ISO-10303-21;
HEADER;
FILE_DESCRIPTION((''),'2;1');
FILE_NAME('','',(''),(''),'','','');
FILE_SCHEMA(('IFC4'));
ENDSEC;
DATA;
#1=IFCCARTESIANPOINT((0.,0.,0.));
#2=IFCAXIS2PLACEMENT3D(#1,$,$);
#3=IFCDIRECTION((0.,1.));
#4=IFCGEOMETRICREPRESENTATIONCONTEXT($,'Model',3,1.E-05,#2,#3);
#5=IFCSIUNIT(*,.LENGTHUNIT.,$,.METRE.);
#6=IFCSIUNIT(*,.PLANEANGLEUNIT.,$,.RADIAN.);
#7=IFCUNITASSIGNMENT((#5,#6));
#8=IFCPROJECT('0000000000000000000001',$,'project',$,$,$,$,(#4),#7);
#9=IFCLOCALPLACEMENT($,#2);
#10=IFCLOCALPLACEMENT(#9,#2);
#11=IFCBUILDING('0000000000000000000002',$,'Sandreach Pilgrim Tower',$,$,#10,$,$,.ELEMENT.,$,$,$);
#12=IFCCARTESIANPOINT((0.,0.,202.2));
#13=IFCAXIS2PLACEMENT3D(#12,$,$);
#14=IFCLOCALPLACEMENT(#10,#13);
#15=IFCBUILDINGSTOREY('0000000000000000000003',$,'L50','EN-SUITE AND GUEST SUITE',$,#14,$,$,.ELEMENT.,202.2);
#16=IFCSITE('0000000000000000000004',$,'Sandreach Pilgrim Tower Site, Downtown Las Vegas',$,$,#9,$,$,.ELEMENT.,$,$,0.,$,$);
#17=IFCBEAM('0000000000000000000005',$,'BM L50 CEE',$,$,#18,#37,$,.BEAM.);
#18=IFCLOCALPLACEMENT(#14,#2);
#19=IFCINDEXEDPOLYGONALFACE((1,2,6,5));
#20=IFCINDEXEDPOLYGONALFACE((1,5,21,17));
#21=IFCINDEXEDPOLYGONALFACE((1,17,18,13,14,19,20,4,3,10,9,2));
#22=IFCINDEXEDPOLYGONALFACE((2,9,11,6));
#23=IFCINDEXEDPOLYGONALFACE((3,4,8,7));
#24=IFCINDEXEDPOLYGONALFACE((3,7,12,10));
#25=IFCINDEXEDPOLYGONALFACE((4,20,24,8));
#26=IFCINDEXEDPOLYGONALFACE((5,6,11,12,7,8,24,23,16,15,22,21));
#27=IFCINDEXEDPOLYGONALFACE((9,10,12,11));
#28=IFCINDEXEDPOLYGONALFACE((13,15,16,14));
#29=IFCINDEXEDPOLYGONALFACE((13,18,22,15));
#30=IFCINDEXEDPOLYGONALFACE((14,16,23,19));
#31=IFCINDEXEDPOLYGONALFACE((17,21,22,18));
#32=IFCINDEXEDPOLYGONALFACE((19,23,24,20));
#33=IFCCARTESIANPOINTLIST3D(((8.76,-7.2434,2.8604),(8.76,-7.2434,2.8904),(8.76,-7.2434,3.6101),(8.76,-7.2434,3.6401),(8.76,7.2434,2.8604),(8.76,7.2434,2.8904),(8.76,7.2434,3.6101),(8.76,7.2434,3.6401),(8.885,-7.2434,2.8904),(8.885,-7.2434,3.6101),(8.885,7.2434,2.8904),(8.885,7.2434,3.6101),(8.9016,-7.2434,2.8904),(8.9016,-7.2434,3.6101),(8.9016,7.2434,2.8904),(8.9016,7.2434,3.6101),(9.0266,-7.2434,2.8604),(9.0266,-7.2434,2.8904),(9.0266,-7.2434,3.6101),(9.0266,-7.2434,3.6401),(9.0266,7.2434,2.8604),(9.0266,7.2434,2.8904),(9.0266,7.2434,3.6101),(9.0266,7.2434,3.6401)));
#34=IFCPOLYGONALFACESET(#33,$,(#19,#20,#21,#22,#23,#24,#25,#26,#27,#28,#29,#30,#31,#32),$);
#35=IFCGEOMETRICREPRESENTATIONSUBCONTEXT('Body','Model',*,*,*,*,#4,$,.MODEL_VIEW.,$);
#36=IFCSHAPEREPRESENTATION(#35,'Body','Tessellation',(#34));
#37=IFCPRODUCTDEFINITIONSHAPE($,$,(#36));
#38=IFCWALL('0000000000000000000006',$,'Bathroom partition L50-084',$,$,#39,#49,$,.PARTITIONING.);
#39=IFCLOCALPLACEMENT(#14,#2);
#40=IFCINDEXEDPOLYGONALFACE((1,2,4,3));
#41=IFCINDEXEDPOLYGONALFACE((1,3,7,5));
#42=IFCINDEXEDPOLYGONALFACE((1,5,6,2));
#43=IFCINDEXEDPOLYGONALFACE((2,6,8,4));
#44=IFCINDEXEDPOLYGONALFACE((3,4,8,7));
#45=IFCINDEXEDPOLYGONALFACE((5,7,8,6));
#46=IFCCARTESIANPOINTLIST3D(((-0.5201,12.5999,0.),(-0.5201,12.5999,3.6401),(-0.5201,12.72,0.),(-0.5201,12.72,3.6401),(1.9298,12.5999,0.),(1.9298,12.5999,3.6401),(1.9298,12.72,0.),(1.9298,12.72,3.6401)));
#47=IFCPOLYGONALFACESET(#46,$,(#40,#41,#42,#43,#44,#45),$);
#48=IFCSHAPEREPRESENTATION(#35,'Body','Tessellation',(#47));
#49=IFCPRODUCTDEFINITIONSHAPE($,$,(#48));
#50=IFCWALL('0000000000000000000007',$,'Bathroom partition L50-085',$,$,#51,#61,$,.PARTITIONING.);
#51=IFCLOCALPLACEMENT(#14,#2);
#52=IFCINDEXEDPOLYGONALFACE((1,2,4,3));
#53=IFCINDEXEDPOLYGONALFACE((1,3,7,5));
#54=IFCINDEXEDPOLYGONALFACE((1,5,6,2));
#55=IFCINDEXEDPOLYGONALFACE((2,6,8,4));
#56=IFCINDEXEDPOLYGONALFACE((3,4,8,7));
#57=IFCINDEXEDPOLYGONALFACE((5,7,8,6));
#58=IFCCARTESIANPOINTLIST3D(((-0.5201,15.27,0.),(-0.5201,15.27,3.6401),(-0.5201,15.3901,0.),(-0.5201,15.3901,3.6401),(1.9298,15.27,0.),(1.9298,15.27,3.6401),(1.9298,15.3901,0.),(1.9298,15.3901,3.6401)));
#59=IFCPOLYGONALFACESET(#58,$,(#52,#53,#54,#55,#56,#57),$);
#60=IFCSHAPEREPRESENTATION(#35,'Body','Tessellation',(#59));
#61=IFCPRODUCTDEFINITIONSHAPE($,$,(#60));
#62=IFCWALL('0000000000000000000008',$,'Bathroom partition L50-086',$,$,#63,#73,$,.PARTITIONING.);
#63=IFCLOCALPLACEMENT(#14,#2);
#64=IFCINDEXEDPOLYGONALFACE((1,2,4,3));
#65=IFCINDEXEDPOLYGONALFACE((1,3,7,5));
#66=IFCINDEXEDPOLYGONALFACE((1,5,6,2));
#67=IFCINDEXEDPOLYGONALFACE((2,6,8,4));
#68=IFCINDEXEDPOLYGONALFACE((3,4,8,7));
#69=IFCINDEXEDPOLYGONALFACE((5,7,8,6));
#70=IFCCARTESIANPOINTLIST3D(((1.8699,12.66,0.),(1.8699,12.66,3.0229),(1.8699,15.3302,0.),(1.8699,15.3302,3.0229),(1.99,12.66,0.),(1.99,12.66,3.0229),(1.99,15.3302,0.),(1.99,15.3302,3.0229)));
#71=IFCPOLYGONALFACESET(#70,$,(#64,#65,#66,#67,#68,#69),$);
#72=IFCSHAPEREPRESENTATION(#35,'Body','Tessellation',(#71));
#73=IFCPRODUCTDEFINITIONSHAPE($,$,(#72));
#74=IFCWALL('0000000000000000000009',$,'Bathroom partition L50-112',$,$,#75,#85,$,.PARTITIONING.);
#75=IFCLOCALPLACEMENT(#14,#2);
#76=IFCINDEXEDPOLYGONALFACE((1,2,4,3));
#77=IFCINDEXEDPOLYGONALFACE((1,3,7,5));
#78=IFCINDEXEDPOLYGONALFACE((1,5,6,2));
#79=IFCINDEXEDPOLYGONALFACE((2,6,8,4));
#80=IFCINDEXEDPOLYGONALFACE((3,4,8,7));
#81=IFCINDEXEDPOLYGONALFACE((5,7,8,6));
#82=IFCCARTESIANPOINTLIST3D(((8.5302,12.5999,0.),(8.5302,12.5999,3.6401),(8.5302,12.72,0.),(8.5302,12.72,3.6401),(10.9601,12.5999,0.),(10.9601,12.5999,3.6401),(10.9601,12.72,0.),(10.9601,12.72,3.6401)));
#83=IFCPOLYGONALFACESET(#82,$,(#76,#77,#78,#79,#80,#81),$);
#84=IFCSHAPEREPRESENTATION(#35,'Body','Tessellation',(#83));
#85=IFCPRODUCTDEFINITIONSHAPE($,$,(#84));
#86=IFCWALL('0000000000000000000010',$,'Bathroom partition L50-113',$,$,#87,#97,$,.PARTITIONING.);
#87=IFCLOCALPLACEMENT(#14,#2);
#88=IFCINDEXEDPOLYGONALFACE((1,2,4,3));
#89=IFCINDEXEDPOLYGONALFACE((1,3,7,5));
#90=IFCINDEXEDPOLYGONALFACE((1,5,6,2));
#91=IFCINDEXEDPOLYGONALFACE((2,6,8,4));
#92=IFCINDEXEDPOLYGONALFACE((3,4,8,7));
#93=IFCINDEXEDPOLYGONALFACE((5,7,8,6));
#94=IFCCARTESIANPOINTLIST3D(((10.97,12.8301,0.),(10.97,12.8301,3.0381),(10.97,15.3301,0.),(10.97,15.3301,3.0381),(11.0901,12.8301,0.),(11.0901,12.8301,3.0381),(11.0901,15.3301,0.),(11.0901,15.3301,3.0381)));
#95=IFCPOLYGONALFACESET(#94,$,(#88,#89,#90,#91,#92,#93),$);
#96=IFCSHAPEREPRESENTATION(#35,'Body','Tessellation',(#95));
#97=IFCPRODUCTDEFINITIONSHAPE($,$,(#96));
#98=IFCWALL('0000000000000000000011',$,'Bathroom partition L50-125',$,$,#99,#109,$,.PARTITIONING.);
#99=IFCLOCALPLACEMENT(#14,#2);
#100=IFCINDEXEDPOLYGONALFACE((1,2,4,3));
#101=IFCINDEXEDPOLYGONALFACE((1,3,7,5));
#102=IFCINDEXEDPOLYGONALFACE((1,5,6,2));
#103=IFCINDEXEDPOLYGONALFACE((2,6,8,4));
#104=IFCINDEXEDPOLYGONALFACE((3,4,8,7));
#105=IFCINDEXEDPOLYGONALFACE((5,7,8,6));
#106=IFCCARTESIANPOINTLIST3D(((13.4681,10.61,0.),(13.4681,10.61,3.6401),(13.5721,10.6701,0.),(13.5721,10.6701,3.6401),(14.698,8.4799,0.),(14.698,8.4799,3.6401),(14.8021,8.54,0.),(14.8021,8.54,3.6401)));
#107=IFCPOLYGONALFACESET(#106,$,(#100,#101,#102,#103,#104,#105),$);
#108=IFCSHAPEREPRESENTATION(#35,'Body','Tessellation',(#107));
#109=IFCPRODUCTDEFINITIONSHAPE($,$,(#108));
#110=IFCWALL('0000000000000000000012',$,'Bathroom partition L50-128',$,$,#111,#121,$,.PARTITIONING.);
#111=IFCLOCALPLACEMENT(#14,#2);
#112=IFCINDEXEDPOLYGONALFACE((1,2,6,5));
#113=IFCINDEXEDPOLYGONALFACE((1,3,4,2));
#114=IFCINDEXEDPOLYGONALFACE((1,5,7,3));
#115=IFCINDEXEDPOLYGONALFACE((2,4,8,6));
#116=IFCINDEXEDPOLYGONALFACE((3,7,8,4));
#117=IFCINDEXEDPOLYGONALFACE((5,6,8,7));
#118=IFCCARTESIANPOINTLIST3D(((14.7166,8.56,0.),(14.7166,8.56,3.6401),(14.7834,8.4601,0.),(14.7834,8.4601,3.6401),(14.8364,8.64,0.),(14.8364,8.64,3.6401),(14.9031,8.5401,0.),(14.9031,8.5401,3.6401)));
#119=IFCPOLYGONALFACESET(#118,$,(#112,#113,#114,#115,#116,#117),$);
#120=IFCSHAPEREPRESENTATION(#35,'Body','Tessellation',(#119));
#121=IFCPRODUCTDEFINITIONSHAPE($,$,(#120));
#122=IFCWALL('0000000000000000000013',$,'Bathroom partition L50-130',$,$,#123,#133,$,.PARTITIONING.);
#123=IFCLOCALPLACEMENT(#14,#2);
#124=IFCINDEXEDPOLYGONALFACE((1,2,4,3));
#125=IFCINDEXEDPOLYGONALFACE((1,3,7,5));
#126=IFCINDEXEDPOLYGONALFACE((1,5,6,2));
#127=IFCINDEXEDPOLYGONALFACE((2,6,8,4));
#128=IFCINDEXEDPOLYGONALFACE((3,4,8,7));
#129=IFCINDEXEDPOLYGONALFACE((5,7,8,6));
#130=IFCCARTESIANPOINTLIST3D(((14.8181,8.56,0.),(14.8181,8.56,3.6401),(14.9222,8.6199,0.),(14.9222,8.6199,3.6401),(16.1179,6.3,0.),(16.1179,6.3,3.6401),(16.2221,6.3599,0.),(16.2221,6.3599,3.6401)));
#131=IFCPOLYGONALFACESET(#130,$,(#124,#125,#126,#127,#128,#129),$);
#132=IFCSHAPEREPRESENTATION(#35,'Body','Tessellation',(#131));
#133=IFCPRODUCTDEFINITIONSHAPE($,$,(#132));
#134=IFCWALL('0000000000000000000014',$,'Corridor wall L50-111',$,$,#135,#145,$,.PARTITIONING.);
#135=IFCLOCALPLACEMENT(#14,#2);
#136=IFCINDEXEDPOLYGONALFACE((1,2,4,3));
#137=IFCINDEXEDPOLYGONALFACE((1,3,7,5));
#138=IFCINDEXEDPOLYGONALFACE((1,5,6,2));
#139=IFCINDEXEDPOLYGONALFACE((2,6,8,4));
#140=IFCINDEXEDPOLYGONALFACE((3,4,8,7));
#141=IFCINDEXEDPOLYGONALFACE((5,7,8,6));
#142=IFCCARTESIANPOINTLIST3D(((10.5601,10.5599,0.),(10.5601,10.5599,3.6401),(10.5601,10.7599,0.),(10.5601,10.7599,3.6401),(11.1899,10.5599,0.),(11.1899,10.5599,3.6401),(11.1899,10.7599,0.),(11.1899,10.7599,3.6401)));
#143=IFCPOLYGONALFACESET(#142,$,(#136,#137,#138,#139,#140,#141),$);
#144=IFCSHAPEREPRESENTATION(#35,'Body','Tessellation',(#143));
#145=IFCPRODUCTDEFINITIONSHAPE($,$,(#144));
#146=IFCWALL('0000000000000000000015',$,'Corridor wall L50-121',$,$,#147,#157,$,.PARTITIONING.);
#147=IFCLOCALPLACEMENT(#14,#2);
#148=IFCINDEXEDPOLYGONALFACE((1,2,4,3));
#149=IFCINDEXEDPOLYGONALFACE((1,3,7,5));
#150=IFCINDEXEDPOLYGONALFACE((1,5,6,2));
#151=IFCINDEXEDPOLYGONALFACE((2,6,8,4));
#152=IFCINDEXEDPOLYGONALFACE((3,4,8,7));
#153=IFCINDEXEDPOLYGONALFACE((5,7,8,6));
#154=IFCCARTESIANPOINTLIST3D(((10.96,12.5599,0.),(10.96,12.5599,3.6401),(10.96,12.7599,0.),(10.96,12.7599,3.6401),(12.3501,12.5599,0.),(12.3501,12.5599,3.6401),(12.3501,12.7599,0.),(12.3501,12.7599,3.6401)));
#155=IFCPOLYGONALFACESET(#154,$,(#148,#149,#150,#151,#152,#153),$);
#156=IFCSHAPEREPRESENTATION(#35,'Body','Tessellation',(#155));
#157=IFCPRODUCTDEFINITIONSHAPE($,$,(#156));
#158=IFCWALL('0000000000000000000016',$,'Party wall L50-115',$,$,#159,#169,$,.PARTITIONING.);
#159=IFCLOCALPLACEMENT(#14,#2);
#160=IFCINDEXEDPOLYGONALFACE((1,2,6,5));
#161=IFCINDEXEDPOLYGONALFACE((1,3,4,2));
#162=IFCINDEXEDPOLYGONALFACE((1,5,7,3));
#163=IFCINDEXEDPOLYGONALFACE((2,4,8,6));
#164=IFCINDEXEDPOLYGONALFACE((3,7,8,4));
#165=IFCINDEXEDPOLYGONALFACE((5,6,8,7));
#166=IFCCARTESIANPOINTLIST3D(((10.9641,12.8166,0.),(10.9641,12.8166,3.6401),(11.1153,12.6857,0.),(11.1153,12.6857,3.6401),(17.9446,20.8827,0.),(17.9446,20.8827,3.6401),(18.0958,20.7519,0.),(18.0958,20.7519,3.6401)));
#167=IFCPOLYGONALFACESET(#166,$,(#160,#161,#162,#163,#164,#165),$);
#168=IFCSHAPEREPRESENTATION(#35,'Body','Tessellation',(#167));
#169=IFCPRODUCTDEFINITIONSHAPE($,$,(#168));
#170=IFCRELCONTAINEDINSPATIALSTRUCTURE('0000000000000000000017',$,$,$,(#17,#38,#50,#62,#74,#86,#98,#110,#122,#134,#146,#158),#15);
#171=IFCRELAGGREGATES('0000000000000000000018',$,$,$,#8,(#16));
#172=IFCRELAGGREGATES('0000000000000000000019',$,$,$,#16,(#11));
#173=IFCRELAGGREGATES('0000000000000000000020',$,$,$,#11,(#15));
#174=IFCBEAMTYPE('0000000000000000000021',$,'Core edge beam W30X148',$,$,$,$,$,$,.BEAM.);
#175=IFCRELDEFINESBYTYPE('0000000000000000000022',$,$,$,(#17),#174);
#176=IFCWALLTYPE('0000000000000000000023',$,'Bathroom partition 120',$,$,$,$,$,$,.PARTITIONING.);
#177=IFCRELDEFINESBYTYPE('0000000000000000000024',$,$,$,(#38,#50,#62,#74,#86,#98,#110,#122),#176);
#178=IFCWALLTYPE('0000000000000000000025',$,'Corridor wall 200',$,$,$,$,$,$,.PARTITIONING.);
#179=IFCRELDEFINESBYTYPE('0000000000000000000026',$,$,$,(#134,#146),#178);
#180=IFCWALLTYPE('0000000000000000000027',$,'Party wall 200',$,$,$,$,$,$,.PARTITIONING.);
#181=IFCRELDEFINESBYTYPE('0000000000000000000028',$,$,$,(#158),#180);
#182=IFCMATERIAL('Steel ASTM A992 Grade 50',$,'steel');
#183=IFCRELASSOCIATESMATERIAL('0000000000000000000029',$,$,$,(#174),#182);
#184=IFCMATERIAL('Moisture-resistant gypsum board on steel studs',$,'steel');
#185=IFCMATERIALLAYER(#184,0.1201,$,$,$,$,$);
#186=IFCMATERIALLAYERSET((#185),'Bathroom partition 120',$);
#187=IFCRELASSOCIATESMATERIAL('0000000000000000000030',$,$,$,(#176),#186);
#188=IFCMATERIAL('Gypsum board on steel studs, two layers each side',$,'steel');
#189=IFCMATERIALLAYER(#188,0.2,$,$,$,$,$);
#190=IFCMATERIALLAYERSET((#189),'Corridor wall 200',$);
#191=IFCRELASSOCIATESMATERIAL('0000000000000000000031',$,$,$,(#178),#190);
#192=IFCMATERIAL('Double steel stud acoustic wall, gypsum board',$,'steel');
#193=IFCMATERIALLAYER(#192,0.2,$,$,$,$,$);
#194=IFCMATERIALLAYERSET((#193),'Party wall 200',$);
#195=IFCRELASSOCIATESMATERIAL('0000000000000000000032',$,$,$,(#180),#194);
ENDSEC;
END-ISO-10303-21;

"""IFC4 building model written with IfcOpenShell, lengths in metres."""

from ifc_helpers import new_model, si_unit, direction, frame, frame_2d, origin, origin_2d, place, context, subcontext, project, spatial, rectangle, i_section, extrude, material, layer, layer_set, material_profile, profile_set, type_object, element, save


model = new_model("IFC4")

# Units and contexts
model_context = context("Model", 3, precision=1e-05, world=origin(), true_north=direction((0.0, 1.0)))
body_context = subcontext(model_context, "Body", "Model", "MODEL_VIEW")
ifc_project = project(units=[si_unit("LENGTHUNIT", "METRE"), si_unit("PLANEANGLEUNIT", "RADIAN")], contexts=[model_context])

# Site, building, storey
site_placement = place(None, origin())
site = spatial("IfcSite", under=ifc_project, at=site_placement, Name="Sandreach Pilgrim Tower Site, Downtown Las Vegas", CompositionType="ELEMENT", RefElevation=0.0)
building_placement = place(site_placement, origin())
building = spatial("IfcBuilding", under=site, at=building_placement, Name="Sandreach Pilgrim Tower", CompositionType="ELEMENT")
storey_placement = place(building_placement, frame((0.0, 0.0, 202.2)))
storey = spatial("IfcBuildingStorey", under=building, at=storey_placement, Name="L50", Description="EN-SUITE AND GUEST SUITE", CompositionType="ELEMENT", Elevation=202.2)

# Beam
ifc_material_1 = material(Name="Steel ASTM A992 Grade 50", Category="steel")
ifc_material_profile = material_profile(ifc_material_1, i_section(OverallWidth=0.2666, OverallDepth=0.7798, WebThickness=0.0166, FlangeThickness=0.03, at=origin_2d()), Name="W30X148")
ifc_profile_set = profile_set([ifc_material_profile], Name="Steel ASTM A992 Grade 50")
beam_type = type_object("IfcBeamType", Name="Core edge beam W30X148", PredefinedType="BEAM", material=ifc_profile_set)
beam_placement = place(storey_placement, frame((8.8933, 7.2434, 3.2502), z_axis=(0.0, -1.0, 0.0), x_axis=(1.0, 0.0, 0.0)))
element("IfcBeam", 1, at=beam_placement, inside=storey, type_object=beam_type, Name="BM L50 CEE", PredefinedType="BEAM", context=body_context, shape_type="SweptSolid", body=[
    extrude(i_section(OverallWidth=0.2666, OverallDepth=0.7798, WebThickness=0.0166, FlangeThickness=0.03, at=origin_2d()), origin(), (0.0, 0.0, 1.0), 14.4868),
])

# Walls
ifc_material_2 = material(Name="Moisture-resistant gypsum board on steel studs", Category="steel")
ifc_layer_1 = layer(ifc_material_2, 0.1201)
ifc_layer_set_1 = layer_set([ifc_layer_1], Name="Bathroom partition 120")
wall_type_1 = type_object("IfcWallType", Name="Bathroom partition 120", PredefinedType="PARTITIONING", material=ifc_layer_set_1)
for number, where, z_axis, x_axis, name in (
    (2, (1.9299, 12.6599, 0.0), (0.0, 0.0, 1.0), (-1.0, 0.0, 0.0), "Bathroom partition L50-084"),
    (3, (1.9299, 15.3301, 0.0), (0.0, 0.0, 1.0), (-1.0, 0.0, 0.0), "Bathroom partition L50-085"),
):
    element("IfcWall", number, at=place(storey_placement, frame(where, z_axis=z_axis, x_axis=x_axis)), inside=storey, type_object=wall_type_1, Name=name, PredefinedType="PARTITIONING", context=body_context, shape_type="SweptSolid", body=[
        extrude(rectangle(XDim=2.45, YDim=0.1201, at=frame_2d((1.2251, 0.0))), origin(), (0.0, 0.0, 1.0), 3.6401),
    ])
wall_1_placement = place(storey_placement, frame((1.9299, 15.3301, 0.0), z_axis=(0.0, 0.0, 1.0), x_axis=(0.0, -1.0, 0.0)))
element("IfcWall", 4, at=wall_1_placement, inside=storey, type_object=wall_type_1, Name="Bathroom partition L50-086", PredefinedType="PARTITIONING", context=body_context, shape_type="SweptSolid", body=[
    extrude(rectangle(XDim=2.6702, YDim=0.1201, at=frame_2d((1.335, 0.0))), origin(), (0.0, 0.0, 1.0), 3.0229),
])
wall_2_placement = place(storey_placement, frame((10.96, 12.6599, 0.0), z_axis=(0.0, 0.0, 1.0), x_axis=(-1.0, 0.0, 0.0)))
element("IfcWall", 5, at=wall_2_placement, inside=storey, type_object=wall_type_1, Name="Bathroom partition L50-112", PredefinedType="PARTITIONING", context=body_context, shape_type="SweptSolid", body=[
    extrude(rectangle(XDim=2.4299, YDim=0.1201, at=frame_2d((1.2148, 0.0))), origin(), (0.0, 0.0, 1.0), 3.6401),
])
wall_3_placement = place(storey_placement, frame((11.03, 12.8301, 0.0), z_axis=(0.0, 0.0, 1.0), x_axis=(0.0, 1.0, 0.0)))
element("IfcWall", 6, at=wall_3_placement, inside=storey, type_object=wall_type_1, Name="Bathroom partition L50-113", PredefinedType="PARTITIONING", context=body_context, shape_type="SweptSolid", body=[
    extrude(rectangle(XDim=2.5, YDim=0.1201, at=frame_2d((1.25, 0.0))), origin(), (0.0, 0.0, 1.0), 3.0381),
])
wall_4_placement = place(storey_placement, frame((13.52, 10.6401, 0.0), z_axis=(0.0, 0.0, 1.0), x_axis=(0.500046, -0.865999, 0.0)))
element("IfcWall", 7, at=wall_4_placement, inside=storey, type_object=wall_type_1, Name="Bathroom partition L50-125", PredefinedType="PARTITIONING", context=body_context, shape_type="SweptSolid", body=[
    extrude(rectangle(XDim=2.4597, YDim=0.1201, at=frame_2d((1.23, 0.0))), origin(), (0.0, 0.0, 1.0), 3.6401),
])
wall_5_placement = place(storey_placement, frame((14.75, 8.51, 0.0), z_axis=(0.0, 0.0, 1.0), x_axis=(0.831529, 0.555482, 0.0)))
element("IfcWall", 8, at=wall_5_placement, inside=storey, type_object=wall_type_1, Name="Bathroom partition L50-128", PredefinedType="PARTITIONING", context=body_context, shape_type="SweptSolid", body=[
    extrude(rectangle(XDim=0.144, YDim=0.1201, at=frame_2d((0.072, 0.0))), origin(), (0.0, 0.0, 1.0), 3.6401),
])
wall_6_placement = place(storey_placement, frame((14.8701, 8.5901, 0.0), z_axis=(0.0, 0.0, 1.0), x_axis=(0.498557, -0.866857, 0.0)))
element("IfcWall", 9, at=wall_6_placement, inside=storey, type_object=wall_type_1, Name="Bathroom partition L50-130", PredefinedType="PARTITIONING", context=body_context, shape_type="SweptSolid", body=[
    extrude(rectangle(XDim=2.6072, YDim=0.1201, at=frame_2d((1.3037, 0.0))), origin(), (0.0, 0.0, 1.0), 3.6401),
])

# Shared definitions
ifc_material_3 = material(Name="Gypsum board on steel studs, two layers each side", Category="steel")
ifc_layer_2 = layer(ifc_material_3, 0.2)
ifc_layer_set_2 = layer_set([ifc_layer_2], Name="Corridor wall 200")
wall_type_2 = type_object("IfcWallType", Name="Corridor wall 200", PredefinedType="PARTITIONING", material=ifc_layer_set_2)

# Wall
wall_7_placement = place(storey_placement, frame((10.5601, 10.6599, 0.0), z_axis=(0.0, 0.0, 1.0), x_axis=(1.0, 0.0, 0.0)))
element("IfcWall", 10, at=wall_7_placement, inside=storey, type_object=wall_type_2, Name="Corridor wall L50-111", PredefinedType="PARTITIONING", context=body_context, shape_type="SweptSolid", body=[
    extrude(rectangle(XDim=0.6299, YDim=0.2, at=frame_2d((0.3149, 0.0))), origin(), (0.0, 0.0, 1.0), 3.6401),
])

# Wall
wall_8_placement = place(storey_placement, frame((12.3501, 12.6599, 0.0), z_axis=(0.0, 0.0, 1.0), x_axis=(-1.0, 0.0, 0.0)))
element("IfcWall", 11, at=wall_8_placement, inside=storey, type_object=wall_type_2, Name="Corridor wall L50-121", PredefinedType="PARTITIONING", context=body_context, shape_type="SweptSolid", body=[
    extrude(rectangle(XDim=1.3901, YDim=0.2, at=frame_2d((0.6951, 0.0))), origin(), (0.0, 0.0, 1.0), 3.6401),
])

# Wall
ifc_material_4 = material(Name="Double steel stud acoustic wall, gypsum board", Category="steel")
ifc_layer_3 = layer(ifc_material_4, 0.2)
ifc_layer_set_3 = layer_set([ifc_layer_3], Name="Party wall 200")
wall_type_3 = type_object("IfcWallType", Name="Party wall 200", PredefinedType="PARTITIONING", material=ifc_layer_set_3)
wall_9_placement = place(storey_placement, frame((11.0398, 12.7512, 0.0), z_axis=(0.0, 0.0, 1.0), x_axis=(0.654384, 0.756162, 0.0)))
element("IfcWall", 12, at=wall_9_placement, inside=storey, type_object=wall_type_3, Name="Party wall L50-115", PredefinedType="PARTITIONING", context=body_context, shape_type="SweptSolid", body=[
    extrude(rectangle(XDim=10.6672, YDim=0.2, at=frame_2d((5.3335, 0.0))), origin(), (0.0, 0.0, 1.0), 3.6401),
])

save(model, "model.ifc")
